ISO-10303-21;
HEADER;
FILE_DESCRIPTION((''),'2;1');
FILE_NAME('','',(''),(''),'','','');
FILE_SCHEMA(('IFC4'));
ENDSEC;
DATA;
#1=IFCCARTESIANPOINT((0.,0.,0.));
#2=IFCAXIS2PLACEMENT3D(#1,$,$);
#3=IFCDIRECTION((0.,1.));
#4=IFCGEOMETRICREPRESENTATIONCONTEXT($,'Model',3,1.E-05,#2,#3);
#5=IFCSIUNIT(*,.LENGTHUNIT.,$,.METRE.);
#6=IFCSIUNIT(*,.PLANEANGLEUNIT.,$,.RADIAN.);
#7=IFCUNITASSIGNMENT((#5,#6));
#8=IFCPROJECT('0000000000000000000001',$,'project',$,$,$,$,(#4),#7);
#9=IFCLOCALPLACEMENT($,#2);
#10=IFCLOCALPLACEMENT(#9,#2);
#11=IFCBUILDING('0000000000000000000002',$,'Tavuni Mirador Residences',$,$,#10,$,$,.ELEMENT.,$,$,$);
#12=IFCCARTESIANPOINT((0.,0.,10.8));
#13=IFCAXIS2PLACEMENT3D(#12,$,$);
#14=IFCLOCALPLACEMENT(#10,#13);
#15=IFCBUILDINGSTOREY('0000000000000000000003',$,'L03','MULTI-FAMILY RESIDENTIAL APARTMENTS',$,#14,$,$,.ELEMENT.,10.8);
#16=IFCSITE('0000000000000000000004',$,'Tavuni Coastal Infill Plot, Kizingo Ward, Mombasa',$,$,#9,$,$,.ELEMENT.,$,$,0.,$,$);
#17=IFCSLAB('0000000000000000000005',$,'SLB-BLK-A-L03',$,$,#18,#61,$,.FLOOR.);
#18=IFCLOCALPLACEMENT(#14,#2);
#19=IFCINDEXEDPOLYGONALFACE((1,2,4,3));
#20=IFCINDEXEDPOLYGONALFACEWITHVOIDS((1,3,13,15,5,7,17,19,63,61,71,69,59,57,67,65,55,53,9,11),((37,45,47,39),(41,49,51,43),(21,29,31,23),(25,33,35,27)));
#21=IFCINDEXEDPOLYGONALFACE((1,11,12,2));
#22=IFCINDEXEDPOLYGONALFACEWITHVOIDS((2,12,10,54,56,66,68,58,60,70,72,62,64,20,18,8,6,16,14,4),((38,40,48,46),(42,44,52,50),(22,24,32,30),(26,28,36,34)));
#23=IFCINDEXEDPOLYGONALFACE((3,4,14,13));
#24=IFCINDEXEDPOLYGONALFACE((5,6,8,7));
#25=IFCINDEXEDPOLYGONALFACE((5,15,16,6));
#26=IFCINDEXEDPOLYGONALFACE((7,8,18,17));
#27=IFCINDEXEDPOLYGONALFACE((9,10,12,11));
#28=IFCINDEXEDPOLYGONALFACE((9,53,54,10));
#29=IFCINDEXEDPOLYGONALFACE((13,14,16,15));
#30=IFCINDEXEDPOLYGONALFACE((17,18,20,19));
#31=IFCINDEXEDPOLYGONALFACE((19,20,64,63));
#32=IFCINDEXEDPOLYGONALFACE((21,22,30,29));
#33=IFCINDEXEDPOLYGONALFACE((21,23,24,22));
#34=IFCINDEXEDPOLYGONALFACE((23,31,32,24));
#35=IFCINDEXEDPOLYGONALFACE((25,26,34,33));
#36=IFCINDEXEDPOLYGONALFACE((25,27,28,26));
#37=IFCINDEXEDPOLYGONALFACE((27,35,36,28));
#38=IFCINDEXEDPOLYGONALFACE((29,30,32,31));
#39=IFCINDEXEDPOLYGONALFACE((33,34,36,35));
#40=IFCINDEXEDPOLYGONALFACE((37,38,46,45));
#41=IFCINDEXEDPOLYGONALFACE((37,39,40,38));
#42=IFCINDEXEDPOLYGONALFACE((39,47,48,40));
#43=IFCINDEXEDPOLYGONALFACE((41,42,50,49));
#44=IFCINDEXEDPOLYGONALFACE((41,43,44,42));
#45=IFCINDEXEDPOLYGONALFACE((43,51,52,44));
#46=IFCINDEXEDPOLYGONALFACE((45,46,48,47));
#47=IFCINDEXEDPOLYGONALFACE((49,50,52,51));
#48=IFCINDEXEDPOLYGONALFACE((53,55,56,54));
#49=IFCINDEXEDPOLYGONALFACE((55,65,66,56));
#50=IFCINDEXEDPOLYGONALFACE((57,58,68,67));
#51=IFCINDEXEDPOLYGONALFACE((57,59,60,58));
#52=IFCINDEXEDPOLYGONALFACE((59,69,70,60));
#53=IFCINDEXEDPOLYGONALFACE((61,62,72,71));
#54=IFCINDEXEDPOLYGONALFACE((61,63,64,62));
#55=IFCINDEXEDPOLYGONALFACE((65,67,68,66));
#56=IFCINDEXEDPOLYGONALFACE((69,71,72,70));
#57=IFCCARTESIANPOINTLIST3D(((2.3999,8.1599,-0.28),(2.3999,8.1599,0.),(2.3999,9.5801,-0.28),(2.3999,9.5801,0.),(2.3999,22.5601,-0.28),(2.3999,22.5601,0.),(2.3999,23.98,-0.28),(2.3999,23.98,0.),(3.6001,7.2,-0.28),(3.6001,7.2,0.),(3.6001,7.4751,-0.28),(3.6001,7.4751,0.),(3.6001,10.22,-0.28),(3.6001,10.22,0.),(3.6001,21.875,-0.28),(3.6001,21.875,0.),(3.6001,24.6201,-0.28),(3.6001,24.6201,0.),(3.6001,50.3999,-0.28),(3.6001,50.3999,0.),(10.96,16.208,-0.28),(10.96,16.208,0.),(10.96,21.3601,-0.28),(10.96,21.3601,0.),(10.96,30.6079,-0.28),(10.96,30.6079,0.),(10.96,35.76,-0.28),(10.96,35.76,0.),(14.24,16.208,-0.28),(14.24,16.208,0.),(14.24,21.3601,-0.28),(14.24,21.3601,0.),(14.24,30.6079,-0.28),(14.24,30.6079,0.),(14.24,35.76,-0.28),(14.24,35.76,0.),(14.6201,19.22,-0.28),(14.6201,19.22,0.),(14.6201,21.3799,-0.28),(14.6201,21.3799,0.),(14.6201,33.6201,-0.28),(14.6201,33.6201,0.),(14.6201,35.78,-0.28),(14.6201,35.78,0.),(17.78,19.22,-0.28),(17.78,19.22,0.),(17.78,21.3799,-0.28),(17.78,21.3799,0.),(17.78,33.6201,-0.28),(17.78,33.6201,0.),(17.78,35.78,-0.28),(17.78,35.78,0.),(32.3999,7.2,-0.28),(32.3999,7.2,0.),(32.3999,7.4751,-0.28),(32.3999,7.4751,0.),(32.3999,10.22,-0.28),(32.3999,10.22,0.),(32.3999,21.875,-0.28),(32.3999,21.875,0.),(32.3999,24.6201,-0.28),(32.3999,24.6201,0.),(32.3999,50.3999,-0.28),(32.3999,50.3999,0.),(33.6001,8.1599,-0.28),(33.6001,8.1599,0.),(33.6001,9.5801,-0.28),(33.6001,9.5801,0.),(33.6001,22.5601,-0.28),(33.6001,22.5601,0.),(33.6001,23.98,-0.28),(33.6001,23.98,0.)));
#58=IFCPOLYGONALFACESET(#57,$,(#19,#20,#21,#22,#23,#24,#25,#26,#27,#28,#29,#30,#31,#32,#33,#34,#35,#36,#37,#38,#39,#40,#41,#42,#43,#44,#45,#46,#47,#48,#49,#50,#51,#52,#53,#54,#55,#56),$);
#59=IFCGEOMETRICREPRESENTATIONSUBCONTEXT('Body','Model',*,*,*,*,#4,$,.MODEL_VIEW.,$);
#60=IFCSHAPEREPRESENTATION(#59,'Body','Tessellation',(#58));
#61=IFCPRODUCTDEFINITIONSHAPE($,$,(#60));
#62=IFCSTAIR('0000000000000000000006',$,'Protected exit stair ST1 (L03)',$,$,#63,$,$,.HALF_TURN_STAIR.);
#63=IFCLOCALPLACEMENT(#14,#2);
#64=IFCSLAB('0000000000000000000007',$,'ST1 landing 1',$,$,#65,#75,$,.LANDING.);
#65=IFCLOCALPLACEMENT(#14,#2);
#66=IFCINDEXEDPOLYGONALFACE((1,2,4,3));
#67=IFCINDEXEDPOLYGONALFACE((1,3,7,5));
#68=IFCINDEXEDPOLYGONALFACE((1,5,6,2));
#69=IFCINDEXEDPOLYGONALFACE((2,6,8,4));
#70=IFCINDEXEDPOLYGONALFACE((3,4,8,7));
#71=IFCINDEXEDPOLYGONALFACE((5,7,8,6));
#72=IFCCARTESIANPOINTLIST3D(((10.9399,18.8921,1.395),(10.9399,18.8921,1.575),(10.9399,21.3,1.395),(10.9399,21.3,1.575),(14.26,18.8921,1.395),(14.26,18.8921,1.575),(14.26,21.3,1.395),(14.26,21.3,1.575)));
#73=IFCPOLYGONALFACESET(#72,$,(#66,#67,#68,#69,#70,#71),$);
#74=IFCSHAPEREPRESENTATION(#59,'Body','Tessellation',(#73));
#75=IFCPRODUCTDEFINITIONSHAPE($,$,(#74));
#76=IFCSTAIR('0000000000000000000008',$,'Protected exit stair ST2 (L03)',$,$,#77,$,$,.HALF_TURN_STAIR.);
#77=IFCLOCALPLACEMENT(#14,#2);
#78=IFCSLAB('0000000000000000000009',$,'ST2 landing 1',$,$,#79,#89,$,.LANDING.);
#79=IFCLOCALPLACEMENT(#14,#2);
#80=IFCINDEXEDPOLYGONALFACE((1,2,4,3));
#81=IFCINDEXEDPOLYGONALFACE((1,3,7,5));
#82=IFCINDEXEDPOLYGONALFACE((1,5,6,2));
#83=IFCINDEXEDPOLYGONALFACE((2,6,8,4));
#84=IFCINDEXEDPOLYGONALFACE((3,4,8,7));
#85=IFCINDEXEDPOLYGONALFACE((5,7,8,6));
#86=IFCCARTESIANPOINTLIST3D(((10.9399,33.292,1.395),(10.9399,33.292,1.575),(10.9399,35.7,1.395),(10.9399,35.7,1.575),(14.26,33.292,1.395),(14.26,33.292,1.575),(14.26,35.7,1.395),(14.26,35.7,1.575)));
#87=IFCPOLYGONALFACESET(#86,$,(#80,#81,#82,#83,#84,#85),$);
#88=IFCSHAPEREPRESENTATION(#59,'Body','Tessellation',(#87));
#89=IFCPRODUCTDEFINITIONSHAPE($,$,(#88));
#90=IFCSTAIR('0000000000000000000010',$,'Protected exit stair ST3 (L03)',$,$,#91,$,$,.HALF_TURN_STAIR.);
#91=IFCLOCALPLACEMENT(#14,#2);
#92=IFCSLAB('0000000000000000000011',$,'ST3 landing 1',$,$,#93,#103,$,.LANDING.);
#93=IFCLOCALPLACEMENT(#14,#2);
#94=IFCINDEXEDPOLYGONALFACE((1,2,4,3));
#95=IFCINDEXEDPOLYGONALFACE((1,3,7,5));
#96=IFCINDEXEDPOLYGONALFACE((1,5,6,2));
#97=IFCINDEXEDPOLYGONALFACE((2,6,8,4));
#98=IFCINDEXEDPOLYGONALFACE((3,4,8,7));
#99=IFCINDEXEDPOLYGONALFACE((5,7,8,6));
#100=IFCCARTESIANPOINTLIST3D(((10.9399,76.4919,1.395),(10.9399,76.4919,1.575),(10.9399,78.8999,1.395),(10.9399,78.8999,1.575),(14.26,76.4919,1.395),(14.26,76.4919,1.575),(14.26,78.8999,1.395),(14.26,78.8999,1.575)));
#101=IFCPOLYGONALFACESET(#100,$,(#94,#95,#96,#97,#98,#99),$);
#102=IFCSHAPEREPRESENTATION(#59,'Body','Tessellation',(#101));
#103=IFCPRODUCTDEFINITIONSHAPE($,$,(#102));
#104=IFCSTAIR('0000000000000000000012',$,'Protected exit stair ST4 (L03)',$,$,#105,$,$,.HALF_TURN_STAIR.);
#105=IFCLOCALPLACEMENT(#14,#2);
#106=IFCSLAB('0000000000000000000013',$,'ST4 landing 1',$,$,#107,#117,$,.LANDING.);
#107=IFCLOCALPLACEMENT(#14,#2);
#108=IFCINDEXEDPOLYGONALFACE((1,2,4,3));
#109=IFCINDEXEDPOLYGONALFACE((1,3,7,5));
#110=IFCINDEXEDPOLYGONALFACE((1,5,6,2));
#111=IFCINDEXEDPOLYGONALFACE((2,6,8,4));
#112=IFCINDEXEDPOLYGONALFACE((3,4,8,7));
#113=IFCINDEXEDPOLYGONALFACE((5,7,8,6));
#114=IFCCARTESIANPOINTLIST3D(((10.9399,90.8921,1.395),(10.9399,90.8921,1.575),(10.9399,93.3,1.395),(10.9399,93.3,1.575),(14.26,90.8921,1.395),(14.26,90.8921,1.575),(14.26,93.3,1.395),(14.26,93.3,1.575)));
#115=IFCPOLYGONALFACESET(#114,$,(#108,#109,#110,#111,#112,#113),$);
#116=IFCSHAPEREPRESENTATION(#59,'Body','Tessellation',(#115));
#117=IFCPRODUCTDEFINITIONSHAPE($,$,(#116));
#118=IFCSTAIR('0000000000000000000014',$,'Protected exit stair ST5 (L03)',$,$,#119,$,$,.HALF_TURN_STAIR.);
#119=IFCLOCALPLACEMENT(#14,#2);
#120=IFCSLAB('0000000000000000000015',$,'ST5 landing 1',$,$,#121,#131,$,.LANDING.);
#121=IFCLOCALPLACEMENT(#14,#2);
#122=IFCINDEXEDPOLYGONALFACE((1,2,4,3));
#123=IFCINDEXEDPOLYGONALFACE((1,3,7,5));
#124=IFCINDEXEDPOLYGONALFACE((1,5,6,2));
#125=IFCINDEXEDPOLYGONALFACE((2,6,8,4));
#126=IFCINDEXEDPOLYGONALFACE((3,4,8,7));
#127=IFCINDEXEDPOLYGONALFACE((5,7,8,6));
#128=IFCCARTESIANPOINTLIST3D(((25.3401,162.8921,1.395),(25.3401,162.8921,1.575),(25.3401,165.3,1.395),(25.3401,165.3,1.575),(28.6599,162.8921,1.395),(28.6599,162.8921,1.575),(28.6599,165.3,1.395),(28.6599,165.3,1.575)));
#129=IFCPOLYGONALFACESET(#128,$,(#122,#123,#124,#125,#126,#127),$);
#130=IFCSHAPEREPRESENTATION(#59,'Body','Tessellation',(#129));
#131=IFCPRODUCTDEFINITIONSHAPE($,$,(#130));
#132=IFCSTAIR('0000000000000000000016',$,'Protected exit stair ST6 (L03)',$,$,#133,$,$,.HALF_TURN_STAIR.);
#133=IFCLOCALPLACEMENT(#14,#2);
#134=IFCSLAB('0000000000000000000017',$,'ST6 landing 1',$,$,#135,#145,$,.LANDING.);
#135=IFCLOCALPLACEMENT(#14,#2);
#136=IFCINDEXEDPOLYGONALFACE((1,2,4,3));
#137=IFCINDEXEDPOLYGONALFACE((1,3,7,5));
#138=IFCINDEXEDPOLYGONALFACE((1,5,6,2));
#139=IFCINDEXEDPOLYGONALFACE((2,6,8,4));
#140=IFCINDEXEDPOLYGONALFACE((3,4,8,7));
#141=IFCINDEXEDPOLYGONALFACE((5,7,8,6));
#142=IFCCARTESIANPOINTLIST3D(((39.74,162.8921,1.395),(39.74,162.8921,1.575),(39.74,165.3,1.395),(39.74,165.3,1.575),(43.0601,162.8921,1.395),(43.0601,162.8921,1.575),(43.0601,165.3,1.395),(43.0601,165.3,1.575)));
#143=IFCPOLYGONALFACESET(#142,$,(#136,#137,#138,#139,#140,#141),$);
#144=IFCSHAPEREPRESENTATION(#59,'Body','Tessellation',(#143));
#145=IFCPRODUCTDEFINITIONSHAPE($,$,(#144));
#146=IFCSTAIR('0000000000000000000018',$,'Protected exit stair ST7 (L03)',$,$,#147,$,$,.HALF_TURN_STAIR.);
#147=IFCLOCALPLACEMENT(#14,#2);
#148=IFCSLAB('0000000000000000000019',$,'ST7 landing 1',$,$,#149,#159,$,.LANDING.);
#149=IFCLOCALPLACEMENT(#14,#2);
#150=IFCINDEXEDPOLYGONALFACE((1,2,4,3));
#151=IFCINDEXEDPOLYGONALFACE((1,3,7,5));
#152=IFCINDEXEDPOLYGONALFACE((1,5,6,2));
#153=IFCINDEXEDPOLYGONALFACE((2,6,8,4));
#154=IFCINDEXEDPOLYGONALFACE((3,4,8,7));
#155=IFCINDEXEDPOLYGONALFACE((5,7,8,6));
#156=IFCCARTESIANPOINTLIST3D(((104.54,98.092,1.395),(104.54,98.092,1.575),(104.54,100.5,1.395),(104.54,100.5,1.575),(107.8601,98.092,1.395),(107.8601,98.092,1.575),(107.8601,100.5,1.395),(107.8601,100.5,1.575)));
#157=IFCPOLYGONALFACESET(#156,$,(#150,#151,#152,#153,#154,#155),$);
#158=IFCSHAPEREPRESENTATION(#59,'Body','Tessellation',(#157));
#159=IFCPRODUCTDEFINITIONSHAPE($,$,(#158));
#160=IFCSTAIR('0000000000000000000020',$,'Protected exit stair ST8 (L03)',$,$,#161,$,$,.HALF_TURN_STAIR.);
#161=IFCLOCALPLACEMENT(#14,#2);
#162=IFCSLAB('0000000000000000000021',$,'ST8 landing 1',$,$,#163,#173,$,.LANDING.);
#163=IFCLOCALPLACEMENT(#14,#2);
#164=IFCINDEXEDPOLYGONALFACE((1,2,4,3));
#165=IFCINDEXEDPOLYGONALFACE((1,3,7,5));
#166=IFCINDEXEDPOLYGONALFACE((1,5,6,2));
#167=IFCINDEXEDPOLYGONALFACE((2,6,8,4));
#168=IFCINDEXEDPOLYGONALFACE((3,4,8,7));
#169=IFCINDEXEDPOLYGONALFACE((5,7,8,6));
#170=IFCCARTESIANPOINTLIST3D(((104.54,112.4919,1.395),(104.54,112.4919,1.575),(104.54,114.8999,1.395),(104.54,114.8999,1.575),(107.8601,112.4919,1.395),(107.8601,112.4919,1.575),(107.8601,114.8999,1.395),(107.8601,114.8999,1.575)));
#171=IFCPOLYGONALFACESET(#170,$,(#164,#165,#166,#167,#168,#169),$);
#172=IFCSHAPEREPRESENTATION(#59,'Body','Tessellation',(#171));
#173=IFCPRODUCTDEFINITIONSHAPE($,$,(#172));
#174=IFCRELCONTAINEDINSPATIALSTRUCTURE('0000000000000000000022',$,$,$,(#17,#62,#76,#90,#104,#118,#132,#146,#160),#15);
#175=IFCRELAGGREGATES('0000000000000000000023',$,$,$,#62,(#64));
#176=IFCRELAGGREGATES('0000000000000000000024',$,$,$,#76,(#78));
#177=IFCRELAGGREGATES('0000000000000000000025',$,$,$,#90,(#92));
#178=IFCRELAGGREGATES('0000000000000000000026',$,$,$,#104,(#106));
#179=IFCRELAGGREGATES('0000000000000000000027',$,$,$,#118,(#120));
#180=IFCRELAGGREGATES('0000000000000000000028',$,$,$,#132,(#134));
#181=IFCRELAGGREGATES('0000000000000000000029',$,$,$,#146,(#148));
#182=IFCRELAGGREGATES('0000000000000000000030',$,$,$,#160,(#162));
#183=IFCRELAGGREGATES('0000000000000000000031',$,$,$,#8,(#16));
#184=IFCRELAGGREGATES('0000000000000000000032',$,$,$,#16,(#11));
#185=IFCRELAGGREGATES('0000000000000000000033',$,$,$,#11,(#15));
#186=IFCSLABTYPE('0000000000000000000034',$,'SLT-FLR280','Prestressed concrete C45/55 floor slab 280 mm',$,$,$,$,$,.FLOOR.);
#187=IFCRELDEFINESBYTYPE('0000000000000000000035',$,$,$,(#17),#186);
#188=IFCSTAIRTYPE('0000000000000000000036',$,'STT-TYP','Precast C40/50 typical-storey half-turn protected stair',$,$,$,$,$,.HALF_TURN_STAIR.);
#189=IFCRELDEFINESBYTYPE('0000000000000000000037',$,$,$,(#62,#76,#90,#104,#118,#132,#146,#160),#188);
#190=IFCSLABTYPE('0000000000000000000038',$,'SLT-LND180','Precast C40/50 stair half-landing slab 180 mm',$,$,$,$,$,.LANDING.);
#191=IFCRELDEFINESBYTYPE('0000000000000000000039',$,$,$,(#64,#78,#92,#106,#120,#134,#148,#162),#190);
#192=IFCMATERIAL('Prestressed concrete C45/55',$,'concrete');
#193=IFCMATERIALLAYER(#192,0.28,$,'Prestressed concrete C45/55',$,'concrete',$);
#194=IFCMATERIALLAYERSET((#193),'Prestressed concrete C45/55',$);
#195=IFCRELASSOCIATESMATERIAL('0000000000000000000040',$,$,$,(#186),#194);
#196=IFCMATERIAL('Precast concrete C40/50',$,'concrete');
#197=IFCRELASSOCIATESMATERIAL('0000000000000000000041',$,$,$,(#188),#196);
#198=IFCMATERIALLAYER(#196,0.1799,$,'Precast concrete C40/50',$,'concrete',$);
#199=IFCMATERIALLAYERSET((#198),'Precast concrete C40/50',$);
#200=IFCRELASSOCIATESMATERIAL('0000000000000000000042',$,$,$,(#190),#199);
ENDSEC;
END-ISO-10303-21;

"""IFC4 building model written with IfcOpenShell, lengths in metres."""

from ifc_helpers import new_model, si_unit, direction, frame, origin, place, context, subcontext, project, spatial, polyline, outline, extrude, material, layer, layer_set, type_object, element, aggregate, save


model = new_model("IFC4")

# Units and contexts
model_context = context("Model", 3, precision=1e-05, world=origin(), true_north=direction((0.0, 1.0)))
body_context = subcontext(model_context, "Body", "Model", "MODEL_VIEW")
ifc_project = project(units=[si_unit("LENGTHUNIT", "METRE"), si_unit("PLANEANGLEUNIT", "RADIAN")], contexts=[model_context])

# Site, building, storey
site_placement = place(None, origin())
site = spatial("IfcSite", under=ifc_project, at=site_placement, Name="Tavuni Coastal Infill Plot, Kizingo Ward, Mombasa", CompositionType="ELEMENT", RefElevation=0.0)
building_placement = place(site_placement, origin())
building = spatial("IfcBuilding", under=site, at=building_placement, Name="Tavuni Mirador Residences", CompositionType="ELEMENT")
storey_placement = place(building_placement, frame((0.0, 0.0, 10.8)))
storey = spatial("IfcBuildingStorey", under=building, at=storey_placement, Name="L03", Description="MULTI-FAMILY RESIDENTIAL APARTMENTS", CompositionType="ELEMENT", Elevation=10.8)

# Slab
ifc_material_1 = material(Name="Prestressed concrete C45/55", Category="concrete")
ifc_layer_1 = layer(ifc_material_1, 0.28, Name="Prestressed concrete C45/55", Category="concrete")
ifc_layer_set_1 = layer_set([ifc_layer_1], Name="Prestressed concrete C45/55")
slab_type_1 = type_object("IfcSlabType", Name="SLT-FLR280", Description="Prestressed concrete C45/55 floor slab 280 mm", PredefinedType="FLOOR", material=ifc_layer_set_1)
slab_1_placement = place(storey_placement, frame((0.0, 0.0, -0.28)))
element("IfcSlab", 1, at=slab_1_placement, inside=storey, type_object=slab_type_1, Name="SLB-BLK-A-L03", PredefinedType="FLOOR", context=body_context, shape_type="SweptSolid", body=[
    extrude(outline(polyline([(3.6001, 7.2), (32.3999, 7.2), (32.3999, 7.4751), (33.6001, 8.1599), (33.6001, 9.5801), (32.3999, 10.22), (32.3999, 21.875), (33.6001, 22.5601), (33.6001, 23.98), (32.3999, 24.6201), (32.3999, 50.3999), (3.6001, 50.3999), (3.6001, 24.6201), (2.3999, 23.98), (2.3999, 22.5601), (3.6001, 21.875), (3.6001, 10.22), (2.3999, 9.5801), (2.3999, 8.1599), (3.6001, 7.4751), (3.6001, 7.2)]), holes=[polyline([(10.96, 16.208), (14.24, 16.208), (14.24, 21.3601), (10.96, 21.3601), (10.96, 16.208)]), polyline([(14.6201, 19.22), (17.78, 19.22), (17.78, 21.3799), (14.6201, 21.3799), (14.6201, 19.22)]), polyline([(10.96, 30.6079), (14.24, 30.6079), (14.24, 35.76), (10.96, 35.76), (10.96, 30.6079)]), polyline([(14.6201, 33.6201), (17.78, 33.6201), (17.78, 35.78), (14.6201, 35.78), (14.6201, 33.6201)])]), origin(), (0.0, 0.0, 1.0), 0.28),
])

# Stairs, slabs
ifc_material_2 = material(Name="Precast concrete C40/50", Category="concrete")
stair_type = type_object("IfcStairType", Name="STT-TYP", Description="Precast C40/50 typical-storey half-turn protected stair", PredefinedType="HALF_TURN_STAIR", material=ifc_material_2)
stair_1_placement = place(storey_placement, origin())
stair_1 = element("IfcStair", 2, at=stair_1_placement, inside=storey, type_object=stair_type, Name="Protected exit stair ST1 (L03)", PredefinedType="HALF_TURN_STAIR")
ifc_layer_2 = layer(ifc_material_2, 0.1799, Name="Precast concrete C40/50", Category="concrete")
ifc_layer_set_2 = layer_set([ifc_layer_2], Name="Precast concrete C40/50")
slab_type_2 = type_object("IfcSlabType", Name="SLT-LND180", Description="Precast C40/50 stair half-landing slab 180 mm", PredefinedType="LANDING", material=ifc_layer_set_2)
slab_2_placement = place(storey_placement, frame((0.0, 0.0, 1.395)))
slab_2 = element("IfcSlab", 3, at=slab_2_placement, type_object=slab_type_2, Name="ST1 landing 1", PredefinedType="LANDING", context=body_context, shape_type="SweptSolid", body=[
    extrude(outline(polyline([(10.9399, 18.8921), (14.26, 18.8921), (14.26, 21.3), (10.9399, 21.3), (10.9399, 18.8921)])), origin(), (0.0, 0.0, 1.0), 0.1799),
])
aggregate(stair_1, [slab_2])
stair_2_placement = place(storey_placement, origin())
stair_2 = element("IfcStair", 4, at=stair_2_placement, inside=storey, type_object=stair_type, Name="Protected exit stair ST2 (L03)", PredefinedType="HALF_TURN_STAIR")
slab_3_placement = place(storey_placement, frame((0.0, 0.0, 1.395)))
slab_3 = element("IfcSlab", 5, at=slab_3_placement, type_object=slab_type_2, Name="ST2 landing 1", PredefinedType="LANDING", context=body_context, shape_type="SweptSolid", body=[
    extrude(outline(polyline([(10.9399, 33.292), (14.26, 33.292), (14.26, 35.7), (10.9399, 35.7), (10.9399, 33.292)])), origin(), (0.0, 0.0, 1.0), 0.1799),
])
aggregate(stair_2, [slab_3])
stair_3_placement = place(storey_placement, origin())
stair_3 = element("IfcStair", 6, at=stair_3_placement, inside=storey, type_object=stair_type, Name="Protected exit stair ST3 (L03)", PredefinedType="HALF_TURN_STAIR")
slab_4_placement = place(storey_placement, frame((0.0, 0.0, 1.395)))
slab_4 = element("IfcSlab", 7, at=slab_4_placement, type_object=slab_type_2, Name="ST3 landing 1", PredefinedType="LANDING", context=body_context, shape_type="SweptSolid", body=[
    extrude(outline(polyline([(10.9399, 76.4919), (14.26, 76.4919), (14.26, 78.8999), (10.9399, 78.8999), (10.9399, 76.4919)])), origin(), (0.0, 0.0, 1.0), 0.1799),
])
aggregate(stair_3, [slab_4])
stair_4_placement = place(storey_placement, origin())
stair_4 = element("IfcStair", 8, at=stair_4_placement, inside=storey, type_object=stair_type, Name="Protected exit stair ST4 (L03)", PredefinedType="HALF_TURN_STAIR")
slab_5_placement = place(storey_placement, frame((0.0, 0.0, 1.395)))
slab_5 = element("IfcSlab", 9, at=slab_5_placement, type_object=slab_type_2, Name="ST4 landing 1", PredefinedType="LANDING", context=body_context, shape_type="SweptSolid", body=[
    extrude(outline(polyline([(10.9399, 90.8921), (14.26, 90.8921), (14.26, 93.3), (10.9399, 93.3), (10.9399, 90.8921)])), origin(), (0.0, 0.0, 1.0), 0.1799),
])
aggregate(stair_4, [slab_5])
stair_5_placement = place(storey_placement, origin())
stair_5 = element("IfcStair", 10, at=stair_5_placement, inside=storey, type_object=stair_type, Name="Protected exit stair ST5 (L03)", PredefinedType="HALF_TURN_STAIR")
slab_6_placement = place(storey_placement, frame((0.0, 0.0, 1.395)))
slab_6 = element("IfcSlab", 11, at=slab_6_placement, type_object=slab_type_2, Name="ST5 landing 1", PredefinedType="LANDING", context=body_context, shape_type="SweptSolid", body=[
    extrude(outline(polyline([(25.3401, 162.8921), (28.6599, 162.8921), (28.6599, 165.3), (25.3401, 165.3), (25.3401, 162.8921)])), origin(), (0.0, 0.0, 1.0), 0.1799),
])
aggregate(stair_5, [slab_6])
stair_6_placement = place(storey_placement, origin())
stair_6 = element("IfcStair", 12, at=stair_6_placement, inside=storey, type_object=stair_type, Name="Protected exit stair ST6 (L03)", PredefinedType="HALF_TURN_STAIR")
slab_7_placement = place(storey_placement, frame((0.0, 0.0, 1.395)))
slab_7 = element("IfcSlab", 13, at=slab_7_placement, type_object=slab_type_2, Name="ST6 landing 1", PredefinedType="LANDING", context=body_context, shape_type="SweptSolid", body=[
    extrude(outline(polyline([(39.74, 162.8921), (43.0601, 162.8921), (43.0601, 165.3), (39.74, 165.3), (39.74, 162.8921)])), origin(), (0.0, 0.0, 1.0), 0.1799),
])
aggregate(stair_6, [slab_7])
stair_7_placement = place(storey_placement, origin())
stair_7 = element("IfcStair", 14, at=stair_7_placement, inside=storey, type_object=stair_type, Name="Protected exit stair ST7 (L03)", PredefinedType="HALF_TURN_STAIR")
slab_8_placement = place(storey_placement, frame((0.0, 0.0, 1.395)))
slab_8 = element("IfcSlab", 15, at=slab_8_placement, type_object=slab_type_2, Name="ST7 landing 1", PredefinedType="LANDING", context=body_context, shape_type="SweptSolid", body=[
    extrude(outline(polyline([(104.54, 98.092), (107.8601, 98.092), (107.8601, 100.5), (104.54, 100.5), (104.54, 98.092)])), origin(), (0.0, 0.0, 1.0), 0.1799),
])
aggregate(stair_7, [slab_8])
stair_8_placement = place(storey_placement, origin())
stair_8 = element("IfcStair", 16, at=stair_8_placement, inside=storey, type_object=stair_type, Name="Protected exit stair ST8 (L03)", PredefinedType="HALF_TURN_STAIR")
slab_9_placement = place(storey_placement, frame((0.0, 0.0, 1.395)))
slab_9 = element("IfcSlab", 17, at=slab_9_placement, type_object=slab_type_2, Name="ST8 landing 1", PredefinedType="LANDING", context=body_context, shape_type="SweptSolid", body=[
    extrude(outline(polyline([(104.54, 112.4919), (107.8601, 112.4919), (107.8601, 114.8999), (104.54, 114.8999), (104.54, 112.4919)])), origin(), (0.0, 0.0, 1.0), 0.1799),
])
aggregate(stair_8, [slab_9])

save(model, "model.ifc")
